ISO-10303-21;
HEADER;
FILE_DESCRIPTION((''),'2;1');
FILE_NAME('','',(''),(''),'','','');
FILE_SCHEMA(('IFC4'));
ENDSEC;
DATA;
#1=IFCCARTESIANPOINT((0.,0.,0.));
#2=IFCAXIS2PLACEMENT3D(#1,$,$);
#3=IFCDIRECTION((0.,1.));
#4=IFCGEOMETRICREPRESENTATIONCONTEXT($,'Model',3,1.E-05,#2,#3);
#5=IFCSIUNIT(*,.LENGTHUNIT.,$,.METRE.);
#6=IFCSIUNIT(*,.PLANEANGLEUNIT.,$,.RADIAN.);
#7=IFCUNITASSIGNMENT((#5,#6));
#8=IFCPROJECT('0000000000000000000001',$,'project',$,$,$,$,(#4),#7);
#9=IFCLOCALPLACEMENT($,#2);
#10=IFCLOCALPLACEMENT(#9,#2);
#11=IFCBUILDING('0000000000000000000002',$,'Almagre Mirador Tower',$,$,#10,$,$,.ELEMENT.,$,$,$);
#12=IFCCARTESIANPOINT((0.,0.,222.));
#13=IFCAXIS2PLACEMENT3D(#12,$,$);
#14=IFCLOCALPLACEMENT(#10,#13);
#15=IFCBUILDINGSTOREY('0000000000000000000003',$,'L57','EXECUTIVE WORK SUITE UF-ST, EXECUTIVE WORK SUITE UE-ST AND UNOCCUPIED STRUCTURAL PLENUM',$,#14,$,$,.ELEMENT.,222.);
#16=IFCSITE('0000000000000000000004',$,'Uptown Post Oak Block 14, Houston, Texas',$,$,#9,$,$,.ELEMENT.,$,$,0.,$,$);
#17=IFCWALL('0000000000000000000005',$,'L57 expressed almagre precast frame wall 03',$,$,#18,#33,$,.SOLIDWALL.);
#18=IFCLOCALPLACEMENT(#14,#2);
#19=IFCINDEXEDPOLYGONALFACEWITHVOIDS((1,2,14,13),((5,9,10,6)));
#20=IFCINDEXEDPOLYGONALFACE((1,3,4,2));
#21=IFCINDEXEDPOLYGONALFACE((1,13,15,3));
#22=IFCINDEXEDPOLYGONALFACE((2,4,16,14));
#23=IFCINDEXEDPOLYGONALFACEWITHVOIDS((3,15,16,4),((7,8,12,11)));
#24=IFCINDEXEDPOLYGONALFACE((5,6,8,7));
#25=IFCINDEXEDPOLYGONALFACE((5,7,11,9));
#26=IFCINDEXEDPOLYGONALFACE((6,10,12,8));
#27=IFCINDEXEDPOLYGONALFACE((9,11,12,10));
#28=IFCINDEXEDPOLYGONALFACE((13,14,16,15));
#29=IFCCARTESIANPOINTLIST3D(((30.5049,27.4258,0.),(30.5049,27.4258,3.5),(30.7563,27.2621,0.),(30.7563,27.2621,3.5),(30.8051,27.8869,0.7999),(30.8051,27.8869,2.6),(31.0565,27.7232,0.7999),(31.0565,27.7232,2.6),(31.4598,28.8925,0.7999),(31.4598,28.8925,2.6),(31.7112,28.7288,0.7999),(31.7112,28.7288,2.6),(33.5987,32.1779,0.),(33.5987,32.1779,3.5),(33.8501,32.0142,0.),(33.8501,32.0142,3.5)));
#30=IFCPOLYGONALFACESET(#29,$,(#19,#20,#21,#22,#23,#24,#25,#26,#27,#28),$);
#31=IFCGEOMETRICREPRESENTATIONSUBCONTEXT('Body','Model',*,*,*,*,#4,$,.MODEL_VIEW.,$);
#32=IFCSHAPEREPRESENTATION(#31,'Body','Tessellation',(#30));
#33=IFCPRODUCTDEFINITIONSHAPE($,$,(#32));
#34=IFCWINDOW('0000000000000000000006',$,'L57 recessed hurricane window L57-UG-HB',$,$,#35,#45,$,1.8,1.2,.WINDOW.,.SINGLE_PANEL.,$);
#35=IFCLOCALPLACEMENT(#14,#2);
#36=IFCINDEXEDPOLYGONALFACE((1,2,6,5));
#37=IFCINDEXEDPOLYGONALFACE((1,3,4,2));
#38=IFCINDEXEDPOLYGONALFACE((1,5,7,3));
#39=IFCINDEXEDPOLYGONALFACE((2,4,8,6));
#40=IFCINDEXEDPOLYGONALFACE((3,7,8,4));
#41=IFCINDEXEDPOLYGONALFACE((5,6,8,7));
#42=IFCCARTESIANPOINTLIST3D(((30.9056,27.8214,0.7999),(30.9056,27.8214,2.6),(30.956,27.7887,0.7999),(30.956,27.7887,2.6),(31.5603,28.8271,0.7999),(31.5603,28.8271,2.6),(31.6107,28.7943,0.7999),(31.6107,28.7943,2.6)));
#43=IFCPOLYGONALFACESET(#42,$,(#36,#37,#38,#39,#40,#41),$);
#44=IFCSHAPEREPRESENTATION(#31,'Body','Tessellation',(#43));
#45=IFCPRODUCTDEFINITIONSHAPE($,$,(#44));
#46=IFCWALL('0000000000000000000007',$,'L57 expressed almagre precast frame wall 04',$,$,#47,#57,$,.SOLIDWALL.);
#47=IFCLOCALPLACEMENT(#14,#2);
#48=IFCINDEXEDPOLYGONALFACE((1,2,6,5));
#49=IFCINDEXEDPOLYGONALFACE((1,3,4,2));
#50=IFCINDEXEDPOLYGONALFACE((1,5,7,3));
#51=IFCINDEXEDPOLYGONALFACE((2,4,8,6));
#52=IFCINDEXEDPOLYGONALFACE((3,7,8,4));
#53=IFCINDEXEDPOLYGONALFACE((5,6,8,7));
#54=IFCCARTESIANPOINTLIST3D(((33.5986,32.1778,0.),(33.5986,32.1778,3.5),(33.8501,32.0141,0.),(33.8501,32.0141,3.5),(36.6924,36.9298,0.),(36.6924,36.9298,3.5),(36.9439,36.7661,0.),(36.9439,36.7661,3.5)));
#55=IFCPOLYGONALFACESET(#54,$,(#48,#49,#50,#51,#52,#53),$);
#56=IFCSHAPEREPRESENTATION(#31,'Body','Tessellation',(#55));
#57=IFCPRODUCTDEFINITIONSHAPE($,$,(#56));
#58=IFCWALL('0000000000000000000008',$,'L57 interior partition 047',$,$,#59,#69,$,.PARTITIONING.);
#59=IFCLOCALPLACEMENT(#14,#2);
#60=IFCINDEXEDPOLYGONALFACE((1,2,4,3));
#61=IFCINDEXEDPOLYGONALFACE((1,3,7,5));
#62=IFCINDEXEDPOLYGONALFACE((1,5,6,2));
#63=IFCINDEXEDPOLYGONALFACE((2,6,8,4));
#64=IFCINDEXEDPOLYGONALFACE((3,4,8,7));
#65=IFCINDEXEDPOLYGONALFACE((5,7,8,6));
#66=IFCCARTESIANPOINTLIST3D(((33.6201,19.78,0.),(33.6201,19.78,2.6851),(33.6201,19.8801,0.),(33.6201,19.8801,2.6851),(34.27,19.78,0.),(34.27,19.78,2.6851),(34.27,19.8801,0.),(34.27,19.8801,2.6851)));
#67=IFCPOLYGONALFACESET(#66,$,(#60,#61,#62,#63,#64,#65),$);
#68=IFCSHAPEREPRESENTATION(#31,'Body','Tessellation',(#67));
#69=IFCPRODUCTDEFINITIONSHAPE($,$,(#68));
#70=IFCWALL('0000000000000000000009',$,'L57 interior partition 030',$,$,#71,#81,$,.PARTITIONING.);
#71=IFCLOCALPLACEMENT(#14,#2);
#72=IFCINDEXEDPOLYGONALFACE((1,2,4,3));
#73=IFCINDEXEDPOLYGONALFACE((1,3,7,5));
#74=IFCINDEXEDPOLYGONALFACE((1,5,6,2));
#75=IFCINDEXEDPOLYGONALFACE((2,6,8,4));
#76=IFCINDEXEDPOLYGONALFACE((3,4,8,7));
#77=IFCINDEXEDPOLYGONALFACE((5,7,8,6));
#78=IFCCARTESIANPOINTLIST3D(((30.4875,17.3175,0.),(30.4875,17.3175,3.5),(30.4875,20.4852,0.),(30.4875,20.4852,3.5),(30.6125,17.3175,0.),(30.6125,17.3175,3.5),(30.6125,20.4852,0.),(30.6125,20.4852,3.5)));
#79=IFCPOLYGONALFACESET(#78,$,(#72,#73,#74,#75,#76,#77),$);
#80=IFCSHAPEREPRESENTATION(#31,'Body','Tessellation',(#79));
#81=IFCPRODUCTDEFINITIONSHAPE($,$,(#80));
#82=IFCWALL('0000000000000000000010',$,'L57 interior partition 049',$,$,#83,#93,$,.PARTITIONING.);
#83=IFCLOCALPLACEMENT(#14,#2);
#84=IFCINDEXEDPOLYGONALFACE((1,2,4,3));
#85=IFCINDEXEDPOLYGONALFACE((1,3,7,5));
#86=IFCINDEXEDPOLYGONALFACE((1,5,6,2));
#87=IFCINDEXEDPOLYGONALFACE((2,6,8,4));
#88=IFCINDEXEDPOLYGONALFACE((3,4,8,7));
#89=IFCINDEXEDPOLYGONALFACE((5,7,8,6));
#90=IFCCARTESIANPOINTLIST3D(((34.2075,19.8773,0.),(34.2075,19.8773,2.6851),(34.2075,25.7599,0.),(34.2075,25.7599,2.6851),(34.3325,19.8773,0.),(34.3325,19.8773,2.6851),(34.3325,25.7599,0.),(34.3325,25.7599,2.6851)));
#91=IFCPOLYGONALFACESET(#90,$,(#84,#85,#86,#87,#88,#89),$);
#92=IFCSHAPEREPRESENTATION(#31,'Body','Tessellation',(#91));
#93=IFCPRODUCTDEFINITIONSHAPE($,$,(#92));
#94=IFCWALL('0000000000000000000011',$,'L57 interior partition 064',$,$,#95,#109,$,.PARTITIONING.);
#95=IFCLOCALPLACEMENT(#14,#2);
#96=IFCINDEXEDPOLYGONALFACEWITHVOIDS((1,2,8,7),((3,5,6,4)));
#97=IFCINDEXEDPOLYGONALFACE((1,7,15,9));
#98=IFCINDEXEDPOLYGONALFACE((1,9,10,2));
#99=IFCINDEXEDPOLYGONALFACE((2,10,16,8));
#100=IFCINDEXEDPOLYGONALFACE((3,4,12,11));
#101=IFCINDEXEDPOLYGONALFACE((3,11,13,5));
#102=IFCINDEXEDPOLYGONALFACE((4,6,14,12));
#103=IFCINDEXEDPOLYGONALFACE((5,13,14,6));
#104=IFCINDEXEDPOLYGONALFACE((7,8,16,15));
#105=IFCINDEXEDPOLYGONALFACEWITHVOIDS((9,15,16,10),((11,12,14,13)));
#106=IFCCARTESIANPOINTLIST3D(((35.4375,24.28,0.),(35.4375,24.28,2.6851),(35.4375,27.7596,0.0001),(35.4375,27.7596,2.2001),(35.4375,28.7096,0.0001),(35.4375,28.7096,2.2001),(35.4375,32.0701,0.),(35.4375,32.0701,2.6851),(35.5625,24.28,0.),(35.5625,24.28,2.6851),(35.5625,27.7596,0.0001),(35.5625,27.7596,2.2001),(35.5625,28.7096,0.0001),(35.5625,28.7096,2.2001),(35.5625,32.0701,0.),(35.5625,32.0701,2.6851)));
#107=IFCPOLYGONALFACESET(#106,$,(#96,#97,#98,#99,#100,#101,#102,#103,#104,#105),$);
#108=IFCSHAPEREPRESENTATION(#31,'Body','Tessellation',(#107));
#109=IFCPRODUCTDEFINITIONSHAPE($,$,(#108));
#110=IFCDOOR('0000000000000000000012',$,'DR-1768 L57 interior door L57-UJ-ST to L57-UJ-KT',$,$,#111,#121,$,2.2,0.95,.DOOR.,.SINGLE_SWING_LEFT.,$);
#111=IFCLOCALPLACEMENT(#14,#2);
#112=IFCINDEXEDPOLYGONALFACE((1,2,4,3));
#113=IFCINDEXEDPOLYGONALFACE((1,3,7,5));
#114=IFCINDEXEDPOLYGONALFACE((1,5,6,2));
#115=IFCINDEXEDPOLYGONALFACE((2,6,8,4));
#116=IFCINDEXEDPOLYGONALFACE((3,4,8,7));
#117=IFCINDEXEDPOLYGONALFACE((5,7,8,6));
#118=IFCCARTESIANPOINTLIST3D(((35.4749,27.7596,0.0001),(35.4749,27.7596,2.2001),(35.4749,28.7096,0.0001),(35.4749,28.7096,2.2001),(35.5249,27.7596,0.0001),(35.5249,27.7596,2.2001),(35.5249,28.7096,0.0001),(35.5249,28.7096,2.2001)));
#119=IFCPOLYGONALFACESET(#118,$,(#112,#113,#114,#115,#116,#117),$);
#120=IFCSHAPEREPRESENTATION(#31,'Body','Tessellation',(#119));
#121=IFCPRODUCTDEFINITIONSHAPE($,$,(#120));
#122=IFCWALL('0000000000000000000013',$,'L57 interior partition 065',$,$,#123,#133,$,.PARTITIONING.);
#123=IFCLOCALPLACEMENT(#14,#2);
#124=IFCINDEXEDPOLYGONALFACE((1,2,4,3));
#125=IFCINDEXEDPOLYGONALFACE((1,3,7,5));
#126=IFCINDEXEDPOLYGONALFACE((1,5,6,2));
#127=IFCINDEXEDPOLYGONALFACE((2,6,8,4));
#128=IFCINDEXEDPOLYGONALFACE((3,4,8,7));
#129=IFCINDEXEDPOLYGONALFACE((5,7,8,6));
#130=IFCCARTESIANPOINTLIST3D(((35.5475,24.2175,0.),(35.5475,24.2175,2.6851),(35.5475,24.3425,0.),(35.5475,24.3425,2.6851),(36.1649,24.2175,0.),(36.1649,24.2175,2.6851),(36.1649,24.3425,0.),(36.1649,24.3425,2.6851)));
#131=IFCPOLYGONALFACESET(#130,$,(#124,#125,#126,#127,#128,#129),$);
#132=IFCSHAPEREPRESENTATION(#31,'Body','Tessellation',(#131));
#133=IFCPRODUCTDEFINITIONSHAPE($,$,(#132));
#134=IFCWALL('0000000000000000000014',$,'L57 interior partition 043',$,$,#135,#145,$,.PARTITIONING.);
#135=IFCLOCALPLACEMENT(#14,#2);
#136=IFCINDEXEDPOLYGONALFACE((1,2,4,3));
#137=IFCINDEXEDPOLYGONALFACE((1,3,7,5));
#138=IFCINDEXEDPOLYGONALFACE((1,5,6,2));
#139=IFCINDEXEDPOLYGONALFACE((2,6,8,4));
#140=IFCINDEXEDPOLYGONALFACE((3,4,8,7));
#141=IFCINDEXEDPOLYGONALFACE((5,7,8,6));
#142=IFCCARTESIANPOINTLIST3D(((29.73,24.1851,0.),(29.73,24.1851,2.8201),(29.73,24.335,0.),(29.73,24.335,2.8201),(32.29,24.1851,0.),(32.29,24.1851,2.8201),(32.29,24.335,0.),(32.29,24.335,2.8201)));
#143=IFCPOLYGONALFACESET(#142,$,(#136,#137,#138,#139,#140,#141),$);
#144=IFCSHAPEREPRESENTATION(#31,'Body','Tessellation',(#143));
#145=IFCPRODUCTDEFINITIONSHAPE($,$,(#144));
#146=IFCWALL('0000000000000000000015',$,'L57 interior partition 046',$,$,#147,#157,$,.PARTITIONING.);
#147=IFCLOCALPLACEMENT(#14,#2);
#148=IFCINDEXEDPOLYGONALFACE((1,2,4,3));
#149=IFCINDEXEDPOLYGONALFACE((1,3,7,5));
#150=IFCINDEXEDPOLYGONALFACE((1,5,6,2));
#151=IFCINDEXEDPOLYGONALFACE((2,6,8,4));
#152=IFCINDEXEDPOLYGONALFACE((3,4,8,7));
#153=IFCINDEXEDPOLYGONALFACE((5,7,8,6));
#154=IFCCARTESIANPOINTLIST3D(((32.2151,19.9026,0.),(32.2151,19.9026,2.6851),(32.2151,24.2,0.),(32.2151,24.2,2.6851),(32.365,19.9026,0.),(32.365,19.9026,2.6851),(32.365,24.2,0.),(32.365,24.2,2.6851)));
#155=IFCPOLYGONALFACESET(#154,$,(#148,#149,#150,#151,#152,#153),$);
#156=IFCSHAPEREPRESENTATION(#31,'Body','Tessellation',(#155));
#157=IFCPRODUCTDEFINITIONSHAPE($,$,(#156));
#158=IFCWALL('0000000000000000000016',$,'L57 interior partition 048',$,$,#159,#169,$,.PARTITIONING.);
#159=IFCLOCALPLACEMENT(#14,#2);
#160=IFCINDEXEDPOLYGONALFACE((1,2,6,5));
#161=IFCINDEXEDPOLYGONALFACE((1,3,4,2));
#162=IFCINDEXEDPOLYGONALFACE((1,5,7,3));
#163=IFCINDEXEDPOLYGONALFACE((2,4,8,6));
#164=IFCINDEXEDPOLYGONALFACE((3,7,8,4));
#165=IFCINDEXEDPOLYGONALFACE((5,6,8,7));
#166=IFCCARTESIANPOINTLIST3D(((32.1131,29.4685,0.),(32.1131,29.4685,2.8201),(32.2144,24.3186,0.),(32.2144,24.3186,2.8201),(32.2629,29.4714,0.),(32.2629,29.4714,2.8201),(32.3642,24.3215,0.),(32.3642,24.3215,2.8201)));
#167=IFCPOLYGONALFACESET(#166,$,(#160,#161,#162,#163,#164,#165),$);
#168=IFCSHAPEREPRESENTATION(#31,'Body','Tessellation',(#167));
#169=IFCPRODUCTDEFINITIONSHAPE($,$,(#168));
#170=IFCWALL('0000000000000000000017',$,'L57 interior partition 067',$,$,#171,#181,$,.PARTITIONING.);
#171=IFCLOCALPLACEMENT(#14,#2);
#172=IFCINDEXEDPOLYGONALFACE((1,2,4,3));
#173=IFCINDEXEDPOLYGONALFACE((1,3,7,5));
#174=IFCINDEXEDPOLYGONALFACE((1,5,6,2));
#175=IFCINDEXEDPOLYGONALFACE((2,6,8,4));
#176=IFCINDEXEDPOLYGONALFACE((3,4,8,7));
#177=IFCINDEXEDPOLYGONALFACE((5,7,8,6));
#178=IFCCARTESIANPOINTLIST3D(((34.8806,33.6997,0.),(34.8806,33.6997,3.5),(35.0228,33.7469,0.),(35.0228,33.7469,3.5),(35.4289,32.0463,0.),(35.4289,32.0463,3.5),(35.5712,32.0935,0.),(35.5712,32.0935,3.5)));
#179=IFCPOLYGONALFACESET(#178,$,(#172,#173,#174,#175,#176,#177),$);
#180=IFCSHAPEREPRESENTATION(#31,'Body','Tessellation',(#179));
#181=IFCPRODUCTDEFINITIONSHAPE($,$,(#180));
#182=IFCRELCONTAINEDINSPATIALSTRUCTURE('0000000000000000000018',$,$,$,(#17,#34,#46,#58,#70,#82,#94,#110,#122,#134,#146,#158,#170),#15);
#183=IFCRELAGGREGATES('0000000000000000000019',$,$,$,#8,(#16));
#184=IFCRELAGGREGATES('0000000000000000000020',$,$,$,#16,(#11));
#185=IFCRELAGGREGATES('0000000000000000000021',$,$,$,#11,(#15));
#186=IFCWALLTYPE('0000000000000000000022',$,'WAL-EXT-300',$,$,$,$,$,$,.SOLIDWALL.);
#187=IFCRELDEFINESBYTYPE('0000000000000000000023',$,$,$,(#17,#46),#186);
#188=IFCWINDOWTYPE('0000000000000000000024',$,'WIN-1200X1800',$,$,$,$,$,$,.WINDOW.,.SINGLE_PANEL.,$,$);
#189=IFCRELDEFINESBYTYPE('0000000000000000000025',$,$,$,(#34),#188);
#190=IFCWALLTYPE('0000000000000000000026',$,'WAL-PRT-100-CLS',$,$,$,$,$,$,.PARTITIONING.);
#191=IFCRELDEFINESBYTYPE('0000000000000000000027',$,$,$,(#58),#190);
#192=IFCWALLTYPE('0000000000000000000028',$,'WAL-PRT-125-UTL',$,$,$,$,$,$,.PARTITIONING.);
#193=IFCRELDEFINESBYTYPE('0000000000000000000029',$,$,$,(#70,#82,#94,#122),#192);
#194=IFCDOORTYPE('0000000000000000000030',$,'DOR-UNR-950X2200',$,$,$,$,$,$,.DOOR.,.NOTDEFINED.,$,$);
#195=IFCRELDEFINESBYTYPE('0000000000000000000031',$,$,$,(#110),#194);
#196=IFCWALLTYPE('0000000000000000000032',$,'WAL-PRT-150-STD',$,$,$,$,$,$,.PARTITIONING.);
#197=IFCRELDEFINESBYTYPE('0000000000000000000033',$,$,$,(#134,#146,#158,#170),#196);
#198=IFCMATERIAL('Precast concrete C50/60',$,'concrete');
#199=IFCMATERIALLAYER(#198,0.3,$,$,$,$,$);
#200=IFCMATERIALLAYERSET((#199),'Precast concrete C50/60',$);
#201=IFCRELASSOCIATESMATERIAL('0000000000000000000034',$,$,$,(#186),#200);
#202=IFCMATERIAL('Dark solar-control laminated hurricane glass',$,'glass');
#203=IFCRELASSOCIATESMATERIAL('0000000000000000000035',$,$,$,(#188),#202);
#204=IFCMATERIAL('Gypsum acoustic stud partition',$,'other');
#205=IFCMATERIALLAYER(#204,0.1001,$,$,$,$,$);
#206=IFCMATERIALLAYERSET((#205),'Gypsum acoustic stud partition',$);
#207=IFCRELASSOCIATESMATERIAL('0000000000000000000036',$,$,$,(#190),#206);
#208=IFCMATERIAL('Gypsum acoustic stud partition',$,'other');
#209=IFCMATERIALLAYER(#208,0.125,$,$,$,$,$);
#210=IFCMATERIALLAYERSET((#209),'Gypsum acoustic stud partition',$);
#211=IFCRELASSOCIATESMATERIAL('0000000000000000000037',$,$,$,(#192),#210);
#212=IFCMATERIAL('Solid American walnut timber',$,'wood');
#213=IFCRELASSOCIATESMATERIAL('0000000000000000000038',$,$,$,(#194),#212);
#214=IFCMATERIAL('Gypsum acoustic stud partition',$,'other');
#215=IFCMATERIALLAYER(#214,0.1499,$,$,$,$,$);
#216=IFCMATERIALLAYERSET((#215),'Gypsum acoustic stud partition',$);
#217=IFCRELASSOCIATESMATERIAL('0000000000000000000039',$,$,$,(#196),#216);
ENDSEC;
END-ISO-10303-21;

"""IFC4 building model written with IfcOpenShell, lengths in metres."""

from ifc_helpers import new_model, si_unit, direction, frame, frame_2d, origin, place, context, subcontext, project, spatial, rectangle, extrude, material, layer, layer_set, type_object, element, fill, save


model = new_model("IFC4")

# Units and contexts
model_context = context("Model", 3, precision=1e-05, world=origin(), true_north=direction((0.0, 1.0)))
body_context = subcontext(model_context, "Body", "Model", "MODEL_VIEW")
ifc_project = project(units=[si_unit("LENGTHUNIT", "METRE"), si_unit("PLANEANGLEUNIT", "RADIAN")], contexts=[model_context])

# Site, building, storey
site_placement = place(None, origin())
site = spatial("IfcSite", under=ifc_project, at=site_placement, Name="Uptown Post Oak Block 14, Houston, Texas", CompositionType="ELEMENT", RefElevation=0.0)
building_placement = place(site_placement, origin())
building = spatial("IfcBuilding", under=site, at=building_placement, Name="Almagre Mirador Tower", CompositionType="ELEMENT")
storey_placement = place(building_placement, frame((0.0, 0.0, 222.0)))
storey = spatial("IfcBuildingStorey", under=building, at=storey_placement, Name="L57", Description="EXECUTIVE WORK SUITE UF-ST, EXECUTIVE WORK SUITE UE-ST AND UNOCCUPIED STRUCTURAL PLENUM", CompositionType="ELEMENT", Elevation=222.0)

# Wall, opening, window
ifc_material_1 = material(Name="Precast concrete C50/60", Category="concrete")
ifc_layer_1 = layer(ifc_material_1, 0.3)
ifc_layer_set_1 = layer_set([ifc_layer_1], Name="Precast concrete C50/60")
wall_type_1 = type_object("IfcWallType", Name="WAL-EXT-300", PredefinedType="SOLIDWALL", material=ifc_layer_set_1)
wall_1_placement = place(storey_placement, frame((30.6306, 27.344, 0.0), z_axis=(0.0, 0.0, 1.0), x_axis=(0.545606, 0.838042, 0.0)))
wall_1 = element("IfcWall", 1, at=wall_1_placement, inside=storey, type_object=wall_type_1, Name="L57 expressed almagre precast frame wall 03", PredefinedType="SOLIDWALL", context=body_context, shape_type="SweptSolid", body=[
    extrude(rectangle(XDim=5.6704, YDim=0.3, at=frame_2d((2.8352, 0.0))), origin(), (0.0, 0.0, 1.0), 3.5),
])
opening_1_placement = place(wall_1_placement, frame((0.55, 0.0, 0.8)))
opening_1 = element("IfcOpeningElement", 2, at=opening_1_placement, cuts=wall_1, PredefinedType="OPENING", context=body_context, shape_type="SweptSolid", body=[
    extrude(rectangle(XDim=1.2, YDim=1.8, at=frame_2d((0.6001, 0.8999))), frame((0.0, 0.1599, 0.0), z_axis=(0.0, -1.0, 0.0), x_axis=(1.0, 0.0, 0.0)), (0.0, 0.0, 1.0), 0.32),
])
ifc_material_2 = material(Name="Dark solar-control laminated hurricane glass", Category="glass")
window_type = type_object("IfcWindowType", Name="WIN-1200X1800", PartitioningType="SINGLE_PANEL", PredefinedType="WINDOW", material=ifc_material_2)
window_placement = place(opening_1_placement, origin())
window = element("IfcWindow", 3, at=window_placement, inside=storey, type_object=window_type, Name="L57 recessed hurricane window L57-UG-HB", OverallHeight=1.8, OverallWidth=1.2, PartitioningType="SINGLE_PANEL", PredefinedType="WINDOW", context=body_context, shape_type="SweptSolid", body=[
    extrude(rectangle(XDim=1.2, YDim=1.8, at=frame_2d((0.6001, 0.8999))), frame((0.0, 0.03, 0.0), z_axis=(0.0, -1.0, 0.0), x_axis=(1.0, 0.0, 0.0)), (0.0, 0.0, 1.0), 0.0601),
])
fill(opening_1, window)

# Walls
wall_2_placement = place(storey_placement, frame((33.7244, 32.0959, 0.0), z_axis=(0.0, 0.0, 1.0), x_axis=(0.545606, 0.838042, 0.0)))
element("IfcWall", 4, at=wall_2_placement, inside=storey, type_object=wall_type_1, Name="L57 expressed almagre precast frame wall 04", PredefinedType="SOLIDWALL", context=body_context, shape_type="SweptSolid", body=[
    extrude(rectangle(XDim=5.6704, YDim=0.3, at=frame_2d((2.8352, 0.0))), origin(), (0.0, 0.0, 1.0), 3.5),
])
ifc_material_3 = material(Name="Gypsum acoustic stud partition", Category="other")
ifc_layer_2 = layer(ifc_material_3, 0.1001)
ifc_layer_set_2 = layer_set([ifc_layer_2], Name="Gypsum acoustic stud partition")
wall_type_2 = type_object("IfcWallType", Name="WAL-PRT-100-CLS", PredefinedType="PARTITIONING", material=ifc_layer_set_2)
wall_3_placement = place(storey_placement, frame((34.27, 19.8301, 0.0), z_axis=(0.0, 0.0, 1.0), x_axis=(-1.0, 0.0, 0.0)))
element("IfcWall", 5, at=wall_3_placement, inside=storey, type_object=wall_type_2, Name="L57 interior partition 047", PredefinedType="PARTITIONING", context=body_context, shape_type="SweptSolid", body=[
    extrude(rectangle(XDim=0.6499, YDim=0.1001, at=frame_2d((0.325, 0.0))), origin(), (0.0, 0.0, 1.0), 2.6851),
])
ifc_material_4 = material(Name="Gypsum acoustic stud partition", Category="other")
ifc_layer_3 = layer(ifc_material_4, 0.125)
ifc_layer_set_3 = layer_set([ifc_layer_3], Name="Gypsum acoustic stud partition")
wall_type_3 = type_object("IfcWallType", Name="WAL-PRT-125-UTL", PredefinedType="PARTITIONING", material=ifc_layer_set_3)
wall_4_placement = place(storey_placement, frame((30.55, 17.3174, 0.0), z_axis=(0.0, 0.0, 1.0), x_axis=(0.0, 1.0, 0.0)))
element("IfcWall", 6, at=wall_4_placement, inside=storey, type_object=wall_type_3, Name="L57 interior partition 030", PredefinedType="PARTITIONING", context=body_context, shape_type="SweptSolid", body=[
    extrude(rectangle(XDim=3.1677, YDim=0.125, at=frame_2d((1.584, 0.0))), origin(), (0.0, 0.0, 1.0), 3.5),
])
wall_5_placement = place(storey_placement, frame((34.27, 25.76, 0.0), z_axis=(0.0, 0.0, 1.0), x_axis=(0.0, -1.0, 0.0)))
element("IfcWall", 7, at=wall_5_placement, inside=storey, type_object=wall_type_3, Name="L57 interior partition 049", PredefinedType="PARTITIONING", context=body_context, shape_type="SweptSolid", body=[
    extrude(rectangle(XDim=5.8826, YDim=0.125, at=frame_2d((2.9414, 0.0))), origin(), (0.0, 0.0, 1.0), 2.6851),
])

# Wall, opening, door
wall_6_placement = place(storey_placement, frame((35.5, 32.0701, 0.0), z_axis=(0.0, 0.0, 1.0), x_axis=(0.0, -1.0, 0.0)))
wall_6 = element("IfcWall", 8, at=wall_6_placement, inside=storey, type_object=wall_type_3, Name="L57 interior partition 064", PredefinedType="PARTITIONING", context=body_context, shape_type="SweptSolid", body=[
    extrude(rectangle(XDim=7.79, YDim=0.125, at=frame_2d((3.895, 0.0))), origin(), (0.0, 0.0, 1.0), 2.6851),
])
opening_2_placement = place(wall_6_placement, frame((3.3604, 0.0, 0.0)))
opening_2 = element("IfcOpeningElement", 9, at=opening_2_placement, cuts=wall_6, PredefinedType="OPENING", context=body_context, shape_type="SweptSolid", body=[
    extrude(rectangle(XDim=0.95, YDim=2.2, at=frame_2d((0.4751, 1.1001))), frame((0.0, 0.0725, 0.0), z_axis=(0.0, -1.0, 0.0), x_axis=(1.0, 0.0, 0.0)), (0.0, 0.0, 1.0), 0.145),
])
ifc_material_5 = material(Name="Solid American walnut timber", Category="wood")
door_type = type_object("IfcDoorType", Name="DOR-UNR-950X2200", OperationType="NOTDEFINED", PredefinedType="DOOR", material=ifc_material_5)
door_placement = place(opening_2_placement, origin())
door = element("IfcDoor", 10, at=door_placement, inside=storey, type_object=door_type, Name="DR-1768 L57 interior door L57-UJ-ST to L57-UJ-KT", OperationType="SINGLE_SWING_LEFT", OverallHeight=2.2, OverallWidth=0.95, PredefinedType="DOOR", context=body_context, shape_type="SweptSolid", body=[
    extrude(rectangle(XDim=0.95, YDim=2.2, at=frame_2d((0.4751, 1.1001))), frame((0.0, 0.0249, 0.0), z_axis=(0.0, -1.0, 0.0), x_axis=(1.0, 0.0, 0.0)), (0.0, 0.0, 1.0), 0.05),
])
fill(opening_2, door)

# Walls
wall_7_placement = place(storey_placement, frame((35.5476, 24.28, 0.0), z_axis=(0.0, 0.0, 1.0), x_axis=(1.0, 0.0, 0.0)))
element("IfcWall", 11, at=wall_7_placement, inside=storey, type_object=wall_type_3, Name="L57 interior partition 065", PredefinedType="PARTITIONING", context=body_context, shape_type="SweptSolid", body=[
    extrude(rectangle(XDim=0.6174, YDim=0.125, at=frame_2d((0.3086, 0.0))), origin(), (0.0, 0.0, 1.0), 2.6851),
])
ifc_material_6 = material(Name="Gypsum acoustic stud partition", Category="other")
ifc_layer_4 = layer(ifc_material_6, 0.1499)
ifc_layer_set_4 = layer_set([ifc_layer_4], Name="Gypsum acoustic stud partition")
wall_type_4 = type_object("IfcWallType", Name="WAL-PRT-150-STD", PredefinedType="PARTITIONING", material=ifc_layer_set_4)
wall_8_placement = place(storey_placement, frame((32.29, 24.26, 0.0), z_axis=(0.0, 0.0, 1.0), x_axis=(-1.0, 0.0, 0.0)))
element("IfcWall", 12, at=wall_8_placement, inside=storey, type_object=wall_type_4, Name="L57 interior partition 043", PredefinedType="PARTITIONING", context=body_context, shape_type="SweptSolid", body=[
    extrude(rectangle(XDim=2.5601, YDim=0.1499, at=frame_2d((1.28, 0.0))), origin(), (0.0, 0.0, 1.0), 2.8201),
])
wall_9_placement = place(storey_placement, frame((32.29, 19.9026, 0.0), z_axis=(0.0, 0.0, 1.0), x_axis=(0.0, 1.0, 0.0)))
element("IfcWall", 13, at=wall_9_placement, inside=storey, type_object=wall_type_4, Name="L57 interior partition 046", PredefinedType="PARTITIONING", context=body_context, shape_type="SweptSolid", body=[
    extrude(rectangle(XDim=4.2974, YDim=0.1499, at=frame_2d((2.1487, 0.0))), origin(), (0.0, 0.0, 1.0), 2.6851),
])
wall_10_placement = place(storey_placement, frame((32.2893, 24.3201, 0.0), z_axis=(0.0, 0.0, 1.0), x_axis=(-0.01967, 0.999807, 0.0)))
element("IfcWall", 14, at=wall_10_placement, inside=storey, type_object=wall_type_4, Name="L57 interior partition 048", PredefinedType="PARTITIONING", context=body_context, shape_type="SweptSolid", body=[
    extrude(rectangle(XDim=5.1509, YDim=0.1499, at=frame_2d((2.5754, 0.0))), origin(), (0.0, 0.0, 1.0), 2.8201),
])
wall_11_placement = place(storey_placement, frame((34.9517, 33.7234, 0.0), z_axis=(0.0, 0.0, 1.0), x_axis=(0.314798, -0.949159, 0.0)))
element("IfcWall", 15, at=wall_11_placement, inside=storey, type_object=wall_type_4, Name="L57 interior partition 067", PredefinedType="PARTITIONING", context=body_context, shape_type="SweptSolid", body=[
    extrude(rectangle(XDim=1.7419, YDim=0.1499, at=frame_2d((0.8711, 0.0))), origin(), (0.0, 0.0, 1.0), 3.5),
])

save(model, "model.ifc")
